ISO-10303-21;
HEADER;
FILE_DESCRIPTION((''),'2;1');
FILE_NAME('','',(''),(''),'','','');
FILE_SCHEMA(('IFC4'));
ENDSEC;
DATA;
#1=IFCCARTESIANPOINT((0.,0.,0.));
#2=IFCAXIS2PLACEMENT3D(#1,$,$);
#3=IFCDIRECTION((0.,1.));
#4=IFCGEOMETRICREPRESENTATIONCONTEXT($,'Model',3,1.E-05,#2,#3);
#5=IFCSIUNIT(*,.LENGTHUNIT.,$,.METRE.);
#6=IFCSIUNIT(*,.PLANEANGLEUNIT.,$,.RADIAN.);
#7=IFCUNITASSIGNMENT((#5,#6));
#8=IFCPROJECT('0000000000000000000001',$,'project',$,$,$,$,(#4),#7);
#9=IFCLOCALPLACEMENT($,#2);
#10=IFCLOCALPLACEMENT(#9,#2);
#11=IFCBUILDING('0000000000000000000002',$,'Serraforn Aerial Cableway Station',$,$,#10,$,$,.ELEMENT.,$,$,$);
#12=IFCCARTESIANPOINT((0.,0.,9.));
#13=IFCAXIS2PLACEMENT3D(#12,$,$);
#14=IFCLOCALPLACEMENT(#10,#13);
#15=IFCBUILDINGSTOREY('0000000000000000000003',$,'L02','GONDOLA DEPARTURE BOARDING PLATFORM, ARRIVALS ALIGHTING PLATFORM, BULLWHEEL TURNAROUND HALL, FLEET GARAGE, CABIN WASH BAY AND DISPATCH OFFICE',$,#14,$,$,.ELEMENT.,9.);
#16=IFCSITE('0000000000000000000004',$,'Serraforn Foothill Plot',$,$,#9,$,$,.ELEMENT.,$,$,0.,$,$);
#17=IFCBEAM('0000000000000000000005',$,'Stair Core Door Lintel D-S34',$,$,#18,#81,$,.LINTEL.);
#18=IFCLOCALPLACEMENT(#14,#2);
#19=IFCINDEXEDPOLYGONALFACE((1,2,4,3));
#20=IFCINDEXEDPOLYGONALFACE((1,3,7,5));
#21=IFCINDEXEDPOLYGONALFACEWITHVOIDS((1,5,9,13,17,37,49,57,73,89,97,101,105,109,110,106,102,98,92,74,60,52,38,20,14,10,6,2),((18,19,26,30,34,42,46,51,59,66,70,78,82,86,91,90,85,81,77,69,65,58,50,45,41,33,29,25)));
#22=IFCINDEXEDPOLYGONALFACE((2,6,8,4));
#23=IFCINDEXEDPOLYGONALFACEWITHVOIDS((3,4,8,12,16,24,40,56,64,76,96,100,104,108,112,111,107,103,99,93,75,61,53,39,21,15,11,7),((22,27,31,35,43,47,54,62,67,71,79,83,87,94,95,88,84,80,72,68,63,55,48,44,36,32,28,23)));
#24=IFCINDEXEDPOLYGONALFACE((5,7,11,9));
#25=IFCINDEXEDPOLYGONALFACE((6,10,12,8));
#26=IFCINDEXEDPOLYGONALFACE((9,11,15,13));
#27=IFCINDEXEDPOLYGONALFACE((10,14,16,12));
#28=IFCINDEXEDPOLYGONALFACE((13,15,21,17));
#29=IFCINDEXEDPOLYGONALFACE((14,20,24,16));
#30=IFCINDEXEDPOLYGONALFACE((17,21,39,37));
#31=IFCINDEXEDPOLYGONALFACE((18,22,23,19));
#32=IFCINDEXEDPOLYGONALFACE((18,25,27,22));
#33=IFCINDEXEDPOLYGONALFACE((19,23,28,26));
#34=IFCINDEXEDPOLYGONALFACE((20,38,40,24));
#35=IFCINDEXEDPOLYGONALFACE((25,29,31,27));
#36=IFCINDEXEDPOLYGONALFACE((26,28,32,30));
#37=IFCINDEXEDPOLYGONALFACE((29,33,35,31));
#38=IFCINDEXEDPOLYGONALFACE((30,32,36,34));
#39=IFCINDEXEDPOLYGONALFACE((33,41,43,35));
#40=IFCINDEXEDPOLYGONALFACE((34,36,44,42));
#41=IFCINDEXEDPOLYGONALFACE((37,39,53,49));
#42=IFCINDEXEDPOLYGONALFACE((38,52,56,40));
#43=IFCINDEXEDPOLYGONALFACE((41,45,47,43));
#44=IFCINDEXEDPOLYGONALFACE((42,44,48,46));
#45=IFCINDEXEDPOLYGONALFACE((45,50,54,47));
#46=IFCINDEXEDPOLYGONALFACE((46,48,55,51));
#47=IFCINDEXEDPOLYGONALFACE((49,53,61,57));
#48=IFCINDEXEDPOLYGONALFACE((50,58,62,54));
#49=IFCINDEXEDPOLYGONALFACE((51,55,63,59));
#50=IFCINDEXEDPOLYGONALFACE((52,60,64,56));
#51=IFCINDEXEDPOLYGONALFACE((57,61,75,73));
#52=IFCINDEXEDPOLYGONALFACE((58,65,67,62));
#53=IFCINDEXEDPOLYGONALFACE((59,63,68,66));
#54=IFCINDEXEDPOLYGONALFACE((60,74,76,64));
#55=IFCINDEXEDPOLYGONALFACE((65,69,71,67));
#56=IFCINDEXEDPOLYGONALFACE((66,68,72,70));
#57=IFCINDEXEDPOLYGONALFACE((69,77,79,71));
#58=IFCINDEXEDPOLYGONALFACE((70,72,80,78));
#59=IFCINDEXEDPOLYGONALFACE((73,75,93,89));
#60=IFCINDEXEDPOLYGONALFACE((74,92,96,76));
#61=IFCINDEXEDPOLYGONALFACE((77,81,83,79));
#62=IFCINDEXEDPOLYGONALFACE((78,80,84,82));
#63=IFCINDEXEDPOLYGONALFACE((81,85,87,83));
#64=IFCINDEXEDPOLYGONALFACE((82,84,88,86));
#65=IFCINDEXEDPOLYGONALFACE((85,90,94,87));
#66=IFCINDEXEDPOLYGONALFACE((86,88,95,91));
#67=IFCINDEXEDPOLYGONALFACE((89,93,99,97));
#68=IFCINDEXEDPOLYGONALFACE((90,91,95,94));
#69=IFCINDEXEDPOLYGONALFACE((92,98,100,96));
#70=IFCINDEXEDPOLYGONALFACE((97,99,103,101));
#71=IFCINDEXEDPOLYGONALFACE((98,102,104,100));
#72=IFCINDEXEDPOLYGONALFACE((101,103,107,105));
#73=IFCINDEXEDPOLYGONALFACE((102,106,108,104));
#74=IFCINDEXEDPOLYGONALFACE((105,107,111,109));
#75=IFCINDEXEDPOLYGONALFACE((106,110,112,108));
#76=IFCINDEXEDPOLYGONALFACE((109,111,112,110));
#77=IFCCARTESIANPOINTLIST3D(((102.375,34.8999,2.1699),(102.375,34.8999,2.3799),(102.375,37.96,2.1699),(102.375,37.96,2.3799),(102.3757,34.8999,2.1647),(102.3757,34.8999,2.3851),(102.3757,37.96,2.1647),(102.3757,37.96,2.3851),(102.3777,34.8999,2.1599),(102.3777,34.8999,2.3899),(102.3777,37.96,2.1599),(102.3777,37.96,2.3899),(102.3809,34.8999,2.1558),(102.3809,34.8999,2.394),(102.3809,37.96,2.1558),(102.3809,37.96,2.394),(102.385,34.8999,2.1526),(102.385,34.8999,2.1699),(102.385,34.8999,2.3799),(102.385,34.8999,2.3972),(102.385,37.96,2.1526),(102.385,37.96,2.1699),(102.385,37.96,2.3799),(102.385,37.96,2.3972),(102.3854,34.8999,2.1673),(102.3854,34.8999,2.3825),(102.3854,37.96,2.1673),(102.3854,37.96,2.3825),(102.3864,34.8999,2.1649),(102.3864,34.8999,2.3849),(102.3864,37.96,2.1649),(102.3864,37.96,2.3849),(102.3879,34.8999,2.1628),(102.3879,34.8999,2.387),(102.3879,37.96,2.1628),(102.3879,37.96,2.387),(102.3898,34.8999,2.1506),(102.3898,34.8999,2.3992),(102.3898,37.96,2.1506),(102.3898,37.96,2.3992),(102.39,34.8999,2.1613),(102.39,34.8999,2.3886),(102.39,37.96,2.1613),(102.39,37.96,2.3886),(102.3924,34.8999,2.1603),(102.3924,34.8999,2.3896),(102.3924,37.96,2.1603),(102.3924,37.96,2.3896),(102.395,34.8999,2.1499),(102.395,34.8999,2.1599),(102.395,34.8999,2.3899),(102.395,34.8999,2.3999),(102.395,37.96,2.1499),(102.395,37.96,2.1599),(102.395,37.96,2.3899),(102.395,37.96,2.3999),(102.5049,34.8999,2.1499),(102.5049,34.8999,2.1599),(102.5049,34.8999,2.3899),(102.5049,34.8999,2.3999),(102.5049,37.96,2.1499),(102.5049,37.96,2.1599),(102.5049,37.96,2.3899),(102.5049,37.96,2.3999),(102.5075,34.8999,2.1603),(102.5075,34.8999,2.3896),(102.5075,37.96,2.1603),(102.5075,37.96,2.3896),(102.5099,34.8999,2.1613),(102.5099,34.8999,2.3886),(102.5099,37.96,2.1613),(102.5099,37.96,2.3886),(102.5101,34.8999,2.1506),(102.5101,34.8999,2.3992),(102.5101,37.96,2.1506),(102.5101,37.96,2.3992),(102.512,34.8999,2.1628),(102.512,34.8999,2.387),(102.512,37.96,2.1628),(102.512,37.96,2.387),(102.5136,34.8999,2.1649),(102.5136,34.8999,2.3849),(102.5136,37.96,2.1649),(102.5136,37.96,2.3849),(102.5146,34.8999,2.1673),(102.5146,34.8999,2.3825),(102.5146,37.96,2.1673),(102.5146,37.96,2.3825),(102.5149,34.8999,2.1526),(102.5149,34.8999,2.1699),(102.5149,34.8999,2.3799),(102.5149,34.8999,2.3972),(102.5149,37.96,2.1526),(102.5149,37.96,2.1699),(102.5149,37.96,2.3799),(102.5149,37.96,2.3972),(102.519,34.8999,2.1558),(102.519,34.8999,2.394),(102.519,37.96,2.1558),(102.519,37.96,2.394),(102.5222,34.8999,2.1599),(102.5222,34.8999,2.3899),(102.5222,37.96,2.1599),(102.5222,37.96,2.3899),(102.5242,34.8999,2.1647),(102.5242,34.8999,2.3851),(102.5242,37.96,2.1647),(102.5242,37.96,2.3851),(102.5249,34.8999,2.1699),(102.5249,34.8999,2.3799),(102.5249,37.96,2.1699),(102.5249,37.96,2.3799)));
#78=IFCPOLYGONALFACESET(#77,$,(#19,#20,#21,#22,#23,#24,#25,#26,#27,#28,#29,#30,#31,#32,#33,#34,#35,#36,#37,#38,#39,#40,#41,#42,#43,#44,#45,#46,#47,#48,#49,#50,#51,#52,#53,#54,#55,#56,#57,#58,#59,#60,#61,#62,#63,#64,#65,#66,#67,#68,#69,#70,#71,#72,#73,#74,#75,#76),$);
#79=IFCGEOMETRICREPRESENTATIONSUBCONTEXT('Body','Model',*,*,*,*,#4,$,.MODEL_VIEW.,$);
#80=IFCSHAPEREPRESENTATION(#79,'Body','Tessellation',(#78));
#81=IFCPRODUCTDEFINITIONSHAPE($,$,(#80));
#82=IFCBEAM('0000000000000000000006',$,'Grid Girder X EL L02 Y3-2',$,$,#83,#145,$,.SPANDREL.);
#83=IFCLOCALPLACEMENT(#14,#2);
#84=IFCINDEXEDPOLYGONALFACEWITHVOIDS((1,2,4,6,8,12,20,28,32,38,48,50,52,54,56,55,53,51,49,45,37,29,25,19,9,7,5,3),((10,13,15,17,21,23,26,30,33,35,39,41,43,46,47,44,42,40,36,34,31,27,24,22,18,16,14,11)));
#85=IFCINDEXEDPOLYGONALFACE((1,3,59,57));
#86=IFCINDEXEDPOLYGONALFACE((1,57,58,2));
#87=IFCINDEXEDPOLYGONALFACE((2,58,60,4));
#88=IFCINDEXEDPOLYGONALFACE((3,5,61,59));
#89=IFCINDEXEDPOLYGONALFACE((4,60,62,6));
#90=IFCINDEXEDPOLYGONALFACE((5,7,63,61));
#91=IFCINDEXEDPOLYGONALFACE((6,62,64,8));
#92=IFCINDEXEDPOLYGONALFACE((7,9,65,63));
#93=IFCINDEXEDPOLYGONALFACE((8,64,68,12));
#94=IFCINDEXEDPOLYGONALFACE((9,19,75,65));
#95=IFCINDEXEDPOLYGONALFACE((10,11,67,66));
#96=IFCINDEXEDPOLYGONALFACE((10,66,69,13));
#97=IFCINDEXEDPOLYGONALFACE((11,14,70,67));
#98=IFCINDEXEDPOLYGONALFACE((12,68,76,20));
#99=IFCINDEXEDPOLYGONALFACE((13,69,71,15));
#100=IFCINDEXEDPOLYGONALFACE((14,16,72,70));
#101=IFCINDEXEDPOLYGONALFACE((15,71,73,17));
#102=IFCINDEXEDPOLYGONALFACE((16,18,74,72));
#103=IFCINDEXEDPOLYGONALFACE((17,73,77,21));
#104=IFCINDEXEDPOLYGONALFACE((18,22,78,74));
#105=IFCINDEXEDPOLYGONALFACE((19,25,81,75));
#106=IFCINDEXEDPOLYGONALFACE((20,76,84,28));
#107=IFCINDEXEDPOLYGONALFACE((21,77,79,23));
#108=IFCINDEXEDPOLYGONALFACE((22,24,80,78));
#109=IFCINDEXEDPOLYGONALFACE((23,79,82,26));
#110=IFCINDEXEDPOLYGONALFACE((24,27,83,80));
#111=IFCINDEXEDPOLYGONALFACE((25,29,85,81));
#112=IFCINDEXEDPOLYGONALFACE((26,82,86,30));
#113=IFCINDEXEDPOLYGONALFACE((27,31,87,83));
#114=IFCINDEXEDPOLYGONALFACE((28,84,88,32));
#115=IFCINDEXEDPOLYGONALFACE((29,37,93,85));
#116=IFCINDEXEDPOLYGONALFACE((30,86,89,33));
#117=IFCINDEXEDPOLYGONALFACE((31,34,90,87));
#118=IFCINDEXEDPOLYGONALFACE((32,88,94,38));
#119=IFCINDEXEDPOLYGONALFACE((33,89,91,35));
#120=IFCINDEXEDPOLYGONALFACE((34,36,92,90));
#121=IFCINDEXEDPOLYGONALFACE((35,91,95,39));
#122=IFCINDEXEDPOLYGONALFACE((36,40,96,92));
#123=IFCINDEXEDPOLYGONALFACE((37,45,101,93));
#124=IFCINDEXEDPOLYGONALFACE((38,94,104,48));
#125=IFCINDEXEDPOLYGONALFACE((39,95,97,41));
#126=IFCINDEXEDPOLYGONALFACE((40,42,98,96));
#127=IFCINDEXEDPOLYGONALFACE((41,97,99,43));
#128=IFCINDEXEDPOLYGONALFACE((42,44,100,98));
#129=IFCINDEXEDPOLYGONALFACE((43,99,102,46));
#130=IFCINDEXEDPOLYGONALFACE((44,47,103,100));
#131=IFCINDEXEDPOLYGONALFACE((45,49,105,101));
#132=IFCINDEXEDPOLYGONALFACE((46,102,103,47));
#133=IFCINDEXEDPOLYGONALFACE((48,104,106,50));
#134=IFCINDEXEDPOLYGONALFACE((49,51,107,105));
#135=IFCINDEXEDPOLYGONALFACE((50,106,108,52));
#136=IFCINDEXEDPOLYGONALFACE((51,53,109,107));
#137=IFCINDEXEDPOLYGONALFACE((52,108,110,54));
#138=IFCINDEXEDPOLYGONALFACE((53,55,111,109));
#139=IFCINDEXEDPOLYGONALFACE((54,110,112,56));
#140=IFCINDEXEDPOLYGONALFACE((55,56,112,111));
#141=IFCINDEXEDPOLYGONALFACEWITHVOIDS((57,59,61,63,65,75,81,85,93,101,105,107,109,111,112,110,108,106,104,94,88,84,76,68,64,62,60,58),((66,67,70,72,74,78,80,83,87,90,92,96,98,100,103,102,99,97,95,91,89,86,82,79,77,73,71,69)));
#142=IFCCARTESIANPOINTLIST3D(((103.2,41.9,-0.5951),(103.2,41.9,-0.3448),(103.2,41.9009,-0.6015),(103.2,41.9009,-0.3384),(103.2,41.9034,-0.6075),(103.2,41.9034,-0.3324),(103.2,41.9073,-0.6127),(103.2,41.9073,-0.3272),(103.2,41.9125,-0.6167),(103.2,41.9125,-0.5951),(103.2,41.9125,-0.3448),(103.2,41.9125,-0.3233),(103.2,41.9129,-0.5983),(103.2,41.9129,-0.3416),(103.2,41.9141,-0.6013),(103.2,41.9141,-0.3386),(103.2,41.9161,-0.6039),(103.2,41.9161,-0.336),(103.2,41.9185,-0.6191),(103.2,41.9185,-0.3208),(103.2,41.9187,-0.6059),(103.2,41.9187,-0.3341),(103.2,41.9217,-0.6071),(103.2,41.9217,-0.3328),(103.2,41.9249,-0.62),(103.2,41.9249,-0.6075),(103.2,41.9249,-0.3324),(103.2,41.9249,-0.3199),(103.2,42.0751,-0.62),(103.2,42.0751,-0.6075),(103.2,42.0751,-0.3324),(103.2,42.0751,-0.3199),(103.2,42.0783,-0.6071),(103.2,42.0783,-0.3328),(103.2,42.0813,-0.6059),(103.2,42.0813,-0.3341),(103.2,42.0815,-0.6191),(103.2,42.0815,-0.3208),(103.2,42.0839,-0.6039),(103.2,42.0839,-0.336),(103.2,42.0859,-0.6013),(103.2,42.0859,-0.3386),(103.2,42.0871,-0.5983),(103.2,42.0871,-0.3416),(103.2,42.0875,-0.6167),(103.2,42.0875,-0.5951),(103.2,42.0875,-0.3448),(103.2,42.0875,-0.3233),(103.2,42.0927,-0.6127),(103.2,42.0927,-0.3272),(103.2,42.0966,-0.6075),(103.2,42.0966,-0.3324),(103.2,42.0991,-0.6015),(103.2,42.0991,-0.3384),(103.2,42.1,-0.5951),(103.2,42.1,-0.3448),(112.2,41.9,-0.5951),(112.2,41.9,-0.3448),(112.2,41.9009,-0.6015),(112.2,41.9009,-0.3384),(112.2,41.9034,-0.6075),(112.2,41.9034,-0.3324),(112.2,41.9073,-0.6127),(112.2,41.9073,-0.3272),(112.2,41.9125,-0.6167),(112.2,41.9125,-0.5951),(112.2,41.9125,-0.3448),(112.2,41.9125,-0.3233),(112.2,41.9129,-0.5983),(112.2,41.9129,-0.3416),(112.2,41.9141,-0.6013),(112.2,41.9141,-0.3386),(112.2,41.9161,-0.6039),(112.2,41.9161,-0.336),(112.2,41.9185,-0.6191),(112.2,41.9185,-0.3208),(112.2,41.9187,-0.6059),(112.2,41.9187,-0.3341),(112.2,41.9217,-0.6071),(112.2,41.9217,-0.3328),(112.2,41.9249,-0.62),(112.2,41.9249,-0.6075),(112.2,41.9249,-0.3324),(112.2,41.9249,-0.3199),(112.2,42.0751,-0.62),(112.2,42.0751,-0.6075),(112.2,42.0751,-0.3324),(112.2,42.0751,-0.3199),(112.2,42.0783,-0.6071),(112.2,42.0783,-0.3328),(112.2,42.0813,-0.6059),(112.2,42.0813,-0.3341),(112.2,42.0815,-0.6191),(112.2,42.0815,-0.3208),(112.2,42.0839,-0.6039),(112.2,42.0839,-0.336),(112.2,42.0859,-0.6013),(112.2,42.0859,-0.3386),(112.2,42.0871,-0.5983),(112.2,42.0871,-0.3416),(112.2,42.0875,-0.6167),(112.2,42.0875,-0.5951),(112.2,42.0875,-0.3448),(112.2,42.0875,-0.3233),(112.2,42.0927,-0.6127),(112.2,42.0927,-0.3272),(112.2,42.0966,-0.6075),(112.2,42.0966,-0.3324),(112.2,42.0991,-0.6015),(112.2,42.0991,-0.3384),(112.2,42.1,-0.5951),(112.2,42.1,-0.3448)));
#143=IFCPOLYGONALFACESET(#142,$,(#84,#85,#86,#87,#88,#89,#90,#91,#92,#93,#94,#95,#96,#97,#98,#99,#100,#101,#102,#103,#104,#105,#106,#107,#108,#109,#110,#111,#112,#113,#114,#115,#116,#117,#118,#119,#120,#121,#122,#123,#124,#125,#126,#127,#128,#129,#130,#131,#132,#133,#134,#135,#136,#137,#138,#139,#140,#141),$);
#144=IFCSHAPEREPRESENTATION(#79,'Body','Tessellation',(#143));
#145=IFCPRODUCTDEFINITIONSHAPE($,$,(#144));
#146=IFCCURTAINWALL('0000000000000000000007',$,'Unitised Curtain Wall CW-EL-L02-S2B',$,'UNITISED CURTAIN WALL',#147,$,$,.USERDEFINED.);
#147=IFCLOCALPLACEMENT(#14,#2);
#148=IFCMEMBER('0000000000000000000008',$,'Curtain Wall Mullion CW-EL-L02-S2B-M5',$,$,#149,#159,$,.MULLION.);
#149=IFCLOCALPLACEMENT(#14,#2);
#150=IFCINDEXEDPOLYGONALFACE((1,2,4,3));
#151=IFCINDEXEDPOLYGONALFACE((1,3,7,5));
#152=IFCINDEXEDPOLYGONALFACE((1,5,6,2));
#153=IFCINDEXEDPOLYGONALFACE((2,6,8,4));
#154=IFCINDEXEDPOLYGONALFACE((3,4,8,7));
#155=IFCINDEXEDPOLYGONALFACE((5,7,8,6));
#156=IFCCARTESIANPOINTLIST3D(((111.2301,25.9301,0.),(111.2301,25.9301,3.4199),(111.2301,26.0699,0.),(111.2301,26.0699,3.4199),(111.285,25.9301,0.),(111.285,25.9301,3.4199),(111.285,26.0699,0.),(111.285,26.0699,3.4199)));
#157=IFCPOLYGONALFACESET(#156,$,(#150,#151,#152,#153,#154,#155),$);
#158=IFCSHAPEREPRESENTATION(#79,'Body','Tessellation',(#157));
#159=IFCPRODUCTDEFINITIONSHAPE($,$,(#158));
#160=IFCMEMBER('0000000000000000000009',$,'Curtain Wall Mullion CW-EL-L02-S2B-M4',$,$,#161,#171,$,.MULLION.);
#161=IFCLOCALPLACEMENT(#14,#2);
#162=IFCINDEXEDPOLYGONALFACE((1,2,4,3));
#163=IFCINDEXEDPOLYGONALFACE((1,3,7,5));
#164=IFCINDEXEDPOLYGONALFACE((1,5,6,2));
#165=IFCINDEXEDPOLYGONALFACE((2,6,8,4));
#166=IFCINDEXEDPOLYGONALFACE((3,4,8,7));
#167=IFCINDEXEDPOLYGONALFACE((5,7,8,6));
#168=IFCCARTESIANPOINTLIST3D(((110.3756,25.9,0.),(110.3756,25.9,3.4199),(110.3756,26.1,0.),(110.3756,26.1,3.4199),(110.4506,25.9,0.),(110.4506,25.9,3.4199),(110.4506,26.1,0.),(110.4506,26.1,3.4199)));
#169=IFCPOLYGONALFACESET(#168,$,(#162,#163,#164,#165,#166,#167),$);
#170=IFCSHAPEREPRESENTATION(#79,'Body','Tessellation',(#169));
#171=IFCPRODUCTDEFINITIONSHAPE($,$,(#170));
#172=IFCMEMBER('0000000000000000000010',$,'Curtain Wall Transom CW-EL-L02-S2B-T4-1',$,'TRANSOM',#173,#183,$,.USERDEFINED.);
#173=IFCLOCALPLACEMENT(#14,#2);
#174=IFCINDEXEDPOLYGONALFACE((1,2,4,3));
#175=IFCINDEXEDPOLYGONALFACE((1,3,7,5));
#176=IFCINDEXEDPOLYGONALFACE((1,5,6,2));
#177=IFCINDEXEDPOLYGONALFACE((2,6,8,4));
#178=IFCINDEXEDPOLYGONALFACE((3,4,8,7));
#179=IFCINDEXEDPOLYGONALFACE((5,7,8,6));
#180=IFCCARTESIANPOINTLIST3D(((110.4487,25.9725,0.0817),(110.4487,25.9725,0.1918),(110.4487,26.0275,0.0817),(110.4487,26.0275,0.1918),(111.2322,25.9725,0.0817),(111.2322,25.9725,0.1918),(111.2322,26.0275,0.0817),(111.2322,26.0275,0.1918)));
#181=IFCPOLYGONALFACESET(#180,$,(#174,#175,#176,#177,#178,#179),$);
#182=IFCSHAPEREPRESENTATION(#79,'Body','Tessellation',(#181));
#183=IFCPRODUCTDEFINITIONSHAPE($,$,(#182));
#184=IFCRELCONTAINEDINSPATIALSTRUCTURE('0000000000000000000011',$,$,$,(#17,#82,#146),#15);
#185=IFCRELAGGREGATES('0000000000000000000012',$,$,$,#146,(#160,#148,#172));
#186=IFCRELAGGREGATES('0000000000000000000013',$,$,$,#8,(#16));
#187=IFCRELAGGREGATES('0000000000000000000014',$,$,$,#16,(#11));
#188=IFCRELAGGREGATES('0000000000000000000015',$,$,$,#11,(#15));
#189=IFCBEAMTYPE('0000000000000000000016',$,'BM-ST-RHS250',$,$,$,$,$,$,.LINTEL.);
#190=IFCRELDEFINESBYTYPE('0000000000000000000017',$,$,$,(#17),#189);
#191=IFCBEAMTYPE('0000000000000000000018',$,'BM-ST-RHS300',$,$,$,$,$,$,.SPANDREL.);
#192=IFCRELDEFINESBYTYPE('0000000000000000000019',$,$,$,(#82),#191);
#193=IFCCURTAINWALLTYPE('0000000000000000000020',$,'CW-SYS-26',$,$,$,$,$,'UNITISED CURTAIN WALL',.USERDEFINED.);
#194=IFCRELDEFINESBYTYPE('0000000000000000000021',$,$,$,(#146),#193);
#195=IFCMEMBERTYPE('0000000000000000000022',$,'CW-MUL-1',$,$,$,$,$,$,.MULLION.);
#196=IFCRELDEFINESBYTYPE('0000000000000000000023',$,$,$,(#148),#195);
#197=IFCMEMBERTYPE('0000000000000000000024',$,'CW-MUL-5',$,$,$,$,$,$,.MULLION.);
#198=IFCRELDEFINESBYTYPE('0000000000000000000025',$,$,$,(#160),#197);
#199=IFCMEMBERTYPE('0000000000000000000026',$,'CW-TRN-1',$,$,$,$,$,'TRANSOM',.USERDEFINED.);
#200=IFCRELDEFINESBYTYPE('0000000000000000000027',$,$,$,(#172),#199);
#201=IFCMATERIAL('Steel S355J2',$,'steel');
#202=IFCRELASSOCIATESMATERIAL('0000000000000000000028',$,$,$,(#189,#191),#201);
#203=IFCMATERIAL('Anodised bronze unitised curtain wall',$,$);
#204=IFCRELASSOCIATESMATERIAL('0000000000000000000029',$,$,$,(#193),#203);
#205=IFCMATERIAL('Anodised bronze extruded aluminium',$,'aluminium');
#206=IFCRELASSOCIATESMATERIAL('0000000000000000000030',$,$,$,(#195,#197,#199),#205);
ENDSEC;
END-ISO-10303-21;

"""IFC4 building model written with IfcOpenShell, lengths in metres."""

from ifc_helpers import new_model, si_unit, direction, frame, origin, origin_2d, place, context, subcontext, project, spatial, rectangle, hollow_rectangle, extrude, material, material_profile, profile_set, type_object, element, aggregate, save


model = new_model("IFC4")

# Units and contexts
model_context = context("Model", 3, precision=1e-05, world=origin(), true_north=direction((0.0, 1.0)))
body_context = subcontext(model_context, "Body", "Model", "MODEL_VIEW")
ifc_project = project(units=[si_unit("LENGTHUNIT", "METRE"), si_unit("PLANEANGLEUNIT", "RADIAN")], contexts=[model_context])

# Site, building, storey
site_placement = place(None, origin())
site = spatial("IfcSite", under=ifc_project, at=site_placement, Name="Serraforn Foothill Plot", CompositionType="ELEMENT", RefElevation=0.0)
building_placement = place(site_placement, origin())
building = spatial("IfcBuilding", under=site, at=building_placement, Name="Serraforn Aerial Cableway Station", CompositionType="ELEMENT")
storey_placement = place(building_placement, frame((0.0, 0.0, 9.0)))
storey = spatial("IfcBuildingStorey", under=building, at=storey_placement, Name="L02", Description="GONDOLA DEPARTURE BOARDING PLATFORM, ARRIVALS ALIGHTING PLATFORM, BULLWHEEL TURNAROUND HALL, FLEET GARAGE, CABIN WASH BAY AND DISPATCH OFFICE", CompositionType="ELEMENT", Elevation=9.0)

# Shared definitions
ifc_material_1 = material(Name="Steel S355J2", Category="steel")

# Beams
ifc_material_profile_1 = material_profile(ifc_material_1, hollow_rectangle(XDim=0.1499, YDim=0.25, WallThickness=0.01, InnerFilletRadius=0.01, OuterFilletRadius=0.02, at=origin_2d()), Name="RHS 250x150x10.0")
ifc_profile_set_1 = profile_set([ifc_material_profile_1], Name="Steel S355J2")
beam_type_1 = type_object("IfcBeamType", Name="BM-ST-RHS250", PredefinedType="LINTEL", material=ifc_profile_set_1)
beam_1_placement = place(storey_placement, frame((102.45, 37.96, 2.2749), z_axis=(0.0, -1.0, 0.0), x_axis=(1.0, 0.0, 0.0)))
element("IfcBeam", 1, at=beam_1_placement, inside=storey, type_object=beam_type_1, Name="Stair Core Door Lintel D-S34", PredefinedType="LINTEL", context=body_context, shape_type="SweptSolid", body=[
    extrude(hollow_rectangle(XDim=0.1499, YDim=0.25, WallThickness=0.01, InnerFilletRadius=0.01, OuterFilletRadius=0.02, at=origin_2d()), origin(), (0.0, 0.0, 1.0), 3.0601),
])
ifc_material_profile_2 = material_profile(ifc_material_1, hollow_rectangle(XDim=0.2, YDim=0.3, WallThickness=0.0125, InnerFilletRadius=0.0125, OuterFilletRadius=0.0249, at=origin_2d()), Name="RHS 300x200x12.5")
ifc_profile_set_2 = profile_set([ifc_material_profile_2], Name="Steel S355J2")
beam_type_2 = type_object("IfcBeamType", Name="BM-ST-RHS300", PredefinedType="SPANDREL", material=ifc_profile_set_2)
beam_2_placement = place(storey_placement, frame((103.2, 42.0, -0.47), z_axis=(1.0, 0.0, 0.0), x_axis=(0.0, 1.0, 0.0)))
element("IfcBeam", 2, at=beam_2_placement, inside=storey, type_object=beam_type_2, Name="Grid Girder X EL L02 Y3-2", PredefinedType="SPANDREL", context=body_context, shape_type="SweptSolid", body=[
    extrude(hollow_rectangle(XDim=0.2, YDim=0.3, WallThickness=0.0125, InnerFilletRadius=0.0125, OuterFilletRadius=0.0249, at=origin_2d()), origin(), (0.0, 0.0, 1.0), 9.0),
])

# Curtain wall, members
ifc_material_2 = material(Name="Anodised bronze unitised curtain wall")
curtain_wall_type = type_object("IfcCurtainWallType", Name="CW-SYS-26", ElementType="UNITISED CURTAIN WALL", PredefinedType="USERDEFINED", material=ifc_material_2)
curtain_wall_placement = place(storey_placement, origin())
curtain_wall = element("IfcCurtainWall", 3, at=curtain_wall_placement, inside=storey, type_object=curtain_wall_type, Name="Unitised Curtain Wall CW-EL-L02-S2B", ObjectType="UNITISED CURTAIN WALL", PredefinedType="USERDEFINED")
ifc_material_3 = material(Name="Anodised bronze extruded aluminium", Category="aluminium")
ifc_material_profile_3 = material_profile(ifc_material_3, rectangle(XDim=0.0549, YDim=0.1399, at=origin_2d()), Name="CW MULLION 55x140")
ifc_profile_set_3 = profile_set([ifc_material_profile_3], Name="Anodised bronze extruded aluminium")
member_type_1 = type_object("IfcMemberType", Name="CW-MUL-1", PredefinedType="MULLION", material=ifc_profile_set_3)
member_1_placement = place(storey_placement, frame((111.2576, 26.0, 0.0), z_axis=(0.0, 0.0, 1.0), x_axis=(1.0, 0.0, 0.0)))
member_1 = element("IfcMember", 4, at=member_1_placement, type_object=member_type_1, Name="Curtain Wall Mullion CW-EL-L02-S2B-M5", PredefinedType="MULLION", context=body_context, shape_type="SweptSolid", body=[
    extrude(rectangle(XDim=0.0549, YDim=0.1399, at=origin_2d()), origin(), (0.0, 0.0, 1.0), 3.4199),
])
ifc_material_profile_4 = material_profile(ifc_material_3, rectangle(XDim=0.075, YDim=0.2, at=origin_2d()), Name="CW MULLION 75x200")
ifc_profile_set_4 = profile_set([ifc_material_profile_4], Name="Anodised bronze extruded aluminium")
member_type_2 = type_object("IfcMemberType", Name="CW-MUL-5", PredefinedType="MULLION", material=ifc_profile_set_4)
member_2_placement = place(storey_placement, frame((110.4131, 26.0, 0.0), z_axis=(0.0, 0.0, 1.0), x_axis=(1.0, 0.0, 0.0)))
member_2 = element("IfcMember", 5, at=member_2_placement, type_object=member_type_2, Name="Curtain Wall Mullion CW-EL-L02-S2B-M4", PredefinedType="MULLION", context=body_context, shape_type="SweptSolid", body=[
    extrude(rectangle(XDim=0.075, YDim=0.2, at=origin_2d()), origin(), (0.0, 0.0, 1.0), 3.4199),
])
ifc_material_profile_5 = material_profile(ifc_material_3, rectangle(XDim=0.0549, YDim=0.1101, at=origin_2d()), Name="CW TRANSOM 55x110")
ifc_profile_set_5 = profile_set([ifc_material_profile_5], Name="Anodised bronze extruded aluminium")
member_type_3 = type_object("IfcMemberType", Name="CW-TRN-1", ElementType="TRANSOM", PredefinedType="USERDEFINED", material=ifc_profile_set_5)
member_3_placement = place(storey_placement, frame((110.4487, 26.0, 0.1367), z_axis=(1.0, 0.0, 0.0), x_axis=(0.0, 1.0, 0.0)))
member_3 = element("IfcMember", 6, at=member_3_placement, type_object=member_type_3, Name="Curtain Wall Transom CW-EL-L02-S2B-T4-1", ObjectType="TRANSOM", PredefinedType="USERDEFINED", context=body_context, shape_type="SweptSolid", body=[
    extrude(rectangle(XDim=0.0549, YDim=0.1101, at=origin_2d()), origin(), (0.0, 0.0, 1.0), 0.7834),
])
aggregate(curtain_wall, [member_2, member_1, member_3])

save(model, "model.ifc")
